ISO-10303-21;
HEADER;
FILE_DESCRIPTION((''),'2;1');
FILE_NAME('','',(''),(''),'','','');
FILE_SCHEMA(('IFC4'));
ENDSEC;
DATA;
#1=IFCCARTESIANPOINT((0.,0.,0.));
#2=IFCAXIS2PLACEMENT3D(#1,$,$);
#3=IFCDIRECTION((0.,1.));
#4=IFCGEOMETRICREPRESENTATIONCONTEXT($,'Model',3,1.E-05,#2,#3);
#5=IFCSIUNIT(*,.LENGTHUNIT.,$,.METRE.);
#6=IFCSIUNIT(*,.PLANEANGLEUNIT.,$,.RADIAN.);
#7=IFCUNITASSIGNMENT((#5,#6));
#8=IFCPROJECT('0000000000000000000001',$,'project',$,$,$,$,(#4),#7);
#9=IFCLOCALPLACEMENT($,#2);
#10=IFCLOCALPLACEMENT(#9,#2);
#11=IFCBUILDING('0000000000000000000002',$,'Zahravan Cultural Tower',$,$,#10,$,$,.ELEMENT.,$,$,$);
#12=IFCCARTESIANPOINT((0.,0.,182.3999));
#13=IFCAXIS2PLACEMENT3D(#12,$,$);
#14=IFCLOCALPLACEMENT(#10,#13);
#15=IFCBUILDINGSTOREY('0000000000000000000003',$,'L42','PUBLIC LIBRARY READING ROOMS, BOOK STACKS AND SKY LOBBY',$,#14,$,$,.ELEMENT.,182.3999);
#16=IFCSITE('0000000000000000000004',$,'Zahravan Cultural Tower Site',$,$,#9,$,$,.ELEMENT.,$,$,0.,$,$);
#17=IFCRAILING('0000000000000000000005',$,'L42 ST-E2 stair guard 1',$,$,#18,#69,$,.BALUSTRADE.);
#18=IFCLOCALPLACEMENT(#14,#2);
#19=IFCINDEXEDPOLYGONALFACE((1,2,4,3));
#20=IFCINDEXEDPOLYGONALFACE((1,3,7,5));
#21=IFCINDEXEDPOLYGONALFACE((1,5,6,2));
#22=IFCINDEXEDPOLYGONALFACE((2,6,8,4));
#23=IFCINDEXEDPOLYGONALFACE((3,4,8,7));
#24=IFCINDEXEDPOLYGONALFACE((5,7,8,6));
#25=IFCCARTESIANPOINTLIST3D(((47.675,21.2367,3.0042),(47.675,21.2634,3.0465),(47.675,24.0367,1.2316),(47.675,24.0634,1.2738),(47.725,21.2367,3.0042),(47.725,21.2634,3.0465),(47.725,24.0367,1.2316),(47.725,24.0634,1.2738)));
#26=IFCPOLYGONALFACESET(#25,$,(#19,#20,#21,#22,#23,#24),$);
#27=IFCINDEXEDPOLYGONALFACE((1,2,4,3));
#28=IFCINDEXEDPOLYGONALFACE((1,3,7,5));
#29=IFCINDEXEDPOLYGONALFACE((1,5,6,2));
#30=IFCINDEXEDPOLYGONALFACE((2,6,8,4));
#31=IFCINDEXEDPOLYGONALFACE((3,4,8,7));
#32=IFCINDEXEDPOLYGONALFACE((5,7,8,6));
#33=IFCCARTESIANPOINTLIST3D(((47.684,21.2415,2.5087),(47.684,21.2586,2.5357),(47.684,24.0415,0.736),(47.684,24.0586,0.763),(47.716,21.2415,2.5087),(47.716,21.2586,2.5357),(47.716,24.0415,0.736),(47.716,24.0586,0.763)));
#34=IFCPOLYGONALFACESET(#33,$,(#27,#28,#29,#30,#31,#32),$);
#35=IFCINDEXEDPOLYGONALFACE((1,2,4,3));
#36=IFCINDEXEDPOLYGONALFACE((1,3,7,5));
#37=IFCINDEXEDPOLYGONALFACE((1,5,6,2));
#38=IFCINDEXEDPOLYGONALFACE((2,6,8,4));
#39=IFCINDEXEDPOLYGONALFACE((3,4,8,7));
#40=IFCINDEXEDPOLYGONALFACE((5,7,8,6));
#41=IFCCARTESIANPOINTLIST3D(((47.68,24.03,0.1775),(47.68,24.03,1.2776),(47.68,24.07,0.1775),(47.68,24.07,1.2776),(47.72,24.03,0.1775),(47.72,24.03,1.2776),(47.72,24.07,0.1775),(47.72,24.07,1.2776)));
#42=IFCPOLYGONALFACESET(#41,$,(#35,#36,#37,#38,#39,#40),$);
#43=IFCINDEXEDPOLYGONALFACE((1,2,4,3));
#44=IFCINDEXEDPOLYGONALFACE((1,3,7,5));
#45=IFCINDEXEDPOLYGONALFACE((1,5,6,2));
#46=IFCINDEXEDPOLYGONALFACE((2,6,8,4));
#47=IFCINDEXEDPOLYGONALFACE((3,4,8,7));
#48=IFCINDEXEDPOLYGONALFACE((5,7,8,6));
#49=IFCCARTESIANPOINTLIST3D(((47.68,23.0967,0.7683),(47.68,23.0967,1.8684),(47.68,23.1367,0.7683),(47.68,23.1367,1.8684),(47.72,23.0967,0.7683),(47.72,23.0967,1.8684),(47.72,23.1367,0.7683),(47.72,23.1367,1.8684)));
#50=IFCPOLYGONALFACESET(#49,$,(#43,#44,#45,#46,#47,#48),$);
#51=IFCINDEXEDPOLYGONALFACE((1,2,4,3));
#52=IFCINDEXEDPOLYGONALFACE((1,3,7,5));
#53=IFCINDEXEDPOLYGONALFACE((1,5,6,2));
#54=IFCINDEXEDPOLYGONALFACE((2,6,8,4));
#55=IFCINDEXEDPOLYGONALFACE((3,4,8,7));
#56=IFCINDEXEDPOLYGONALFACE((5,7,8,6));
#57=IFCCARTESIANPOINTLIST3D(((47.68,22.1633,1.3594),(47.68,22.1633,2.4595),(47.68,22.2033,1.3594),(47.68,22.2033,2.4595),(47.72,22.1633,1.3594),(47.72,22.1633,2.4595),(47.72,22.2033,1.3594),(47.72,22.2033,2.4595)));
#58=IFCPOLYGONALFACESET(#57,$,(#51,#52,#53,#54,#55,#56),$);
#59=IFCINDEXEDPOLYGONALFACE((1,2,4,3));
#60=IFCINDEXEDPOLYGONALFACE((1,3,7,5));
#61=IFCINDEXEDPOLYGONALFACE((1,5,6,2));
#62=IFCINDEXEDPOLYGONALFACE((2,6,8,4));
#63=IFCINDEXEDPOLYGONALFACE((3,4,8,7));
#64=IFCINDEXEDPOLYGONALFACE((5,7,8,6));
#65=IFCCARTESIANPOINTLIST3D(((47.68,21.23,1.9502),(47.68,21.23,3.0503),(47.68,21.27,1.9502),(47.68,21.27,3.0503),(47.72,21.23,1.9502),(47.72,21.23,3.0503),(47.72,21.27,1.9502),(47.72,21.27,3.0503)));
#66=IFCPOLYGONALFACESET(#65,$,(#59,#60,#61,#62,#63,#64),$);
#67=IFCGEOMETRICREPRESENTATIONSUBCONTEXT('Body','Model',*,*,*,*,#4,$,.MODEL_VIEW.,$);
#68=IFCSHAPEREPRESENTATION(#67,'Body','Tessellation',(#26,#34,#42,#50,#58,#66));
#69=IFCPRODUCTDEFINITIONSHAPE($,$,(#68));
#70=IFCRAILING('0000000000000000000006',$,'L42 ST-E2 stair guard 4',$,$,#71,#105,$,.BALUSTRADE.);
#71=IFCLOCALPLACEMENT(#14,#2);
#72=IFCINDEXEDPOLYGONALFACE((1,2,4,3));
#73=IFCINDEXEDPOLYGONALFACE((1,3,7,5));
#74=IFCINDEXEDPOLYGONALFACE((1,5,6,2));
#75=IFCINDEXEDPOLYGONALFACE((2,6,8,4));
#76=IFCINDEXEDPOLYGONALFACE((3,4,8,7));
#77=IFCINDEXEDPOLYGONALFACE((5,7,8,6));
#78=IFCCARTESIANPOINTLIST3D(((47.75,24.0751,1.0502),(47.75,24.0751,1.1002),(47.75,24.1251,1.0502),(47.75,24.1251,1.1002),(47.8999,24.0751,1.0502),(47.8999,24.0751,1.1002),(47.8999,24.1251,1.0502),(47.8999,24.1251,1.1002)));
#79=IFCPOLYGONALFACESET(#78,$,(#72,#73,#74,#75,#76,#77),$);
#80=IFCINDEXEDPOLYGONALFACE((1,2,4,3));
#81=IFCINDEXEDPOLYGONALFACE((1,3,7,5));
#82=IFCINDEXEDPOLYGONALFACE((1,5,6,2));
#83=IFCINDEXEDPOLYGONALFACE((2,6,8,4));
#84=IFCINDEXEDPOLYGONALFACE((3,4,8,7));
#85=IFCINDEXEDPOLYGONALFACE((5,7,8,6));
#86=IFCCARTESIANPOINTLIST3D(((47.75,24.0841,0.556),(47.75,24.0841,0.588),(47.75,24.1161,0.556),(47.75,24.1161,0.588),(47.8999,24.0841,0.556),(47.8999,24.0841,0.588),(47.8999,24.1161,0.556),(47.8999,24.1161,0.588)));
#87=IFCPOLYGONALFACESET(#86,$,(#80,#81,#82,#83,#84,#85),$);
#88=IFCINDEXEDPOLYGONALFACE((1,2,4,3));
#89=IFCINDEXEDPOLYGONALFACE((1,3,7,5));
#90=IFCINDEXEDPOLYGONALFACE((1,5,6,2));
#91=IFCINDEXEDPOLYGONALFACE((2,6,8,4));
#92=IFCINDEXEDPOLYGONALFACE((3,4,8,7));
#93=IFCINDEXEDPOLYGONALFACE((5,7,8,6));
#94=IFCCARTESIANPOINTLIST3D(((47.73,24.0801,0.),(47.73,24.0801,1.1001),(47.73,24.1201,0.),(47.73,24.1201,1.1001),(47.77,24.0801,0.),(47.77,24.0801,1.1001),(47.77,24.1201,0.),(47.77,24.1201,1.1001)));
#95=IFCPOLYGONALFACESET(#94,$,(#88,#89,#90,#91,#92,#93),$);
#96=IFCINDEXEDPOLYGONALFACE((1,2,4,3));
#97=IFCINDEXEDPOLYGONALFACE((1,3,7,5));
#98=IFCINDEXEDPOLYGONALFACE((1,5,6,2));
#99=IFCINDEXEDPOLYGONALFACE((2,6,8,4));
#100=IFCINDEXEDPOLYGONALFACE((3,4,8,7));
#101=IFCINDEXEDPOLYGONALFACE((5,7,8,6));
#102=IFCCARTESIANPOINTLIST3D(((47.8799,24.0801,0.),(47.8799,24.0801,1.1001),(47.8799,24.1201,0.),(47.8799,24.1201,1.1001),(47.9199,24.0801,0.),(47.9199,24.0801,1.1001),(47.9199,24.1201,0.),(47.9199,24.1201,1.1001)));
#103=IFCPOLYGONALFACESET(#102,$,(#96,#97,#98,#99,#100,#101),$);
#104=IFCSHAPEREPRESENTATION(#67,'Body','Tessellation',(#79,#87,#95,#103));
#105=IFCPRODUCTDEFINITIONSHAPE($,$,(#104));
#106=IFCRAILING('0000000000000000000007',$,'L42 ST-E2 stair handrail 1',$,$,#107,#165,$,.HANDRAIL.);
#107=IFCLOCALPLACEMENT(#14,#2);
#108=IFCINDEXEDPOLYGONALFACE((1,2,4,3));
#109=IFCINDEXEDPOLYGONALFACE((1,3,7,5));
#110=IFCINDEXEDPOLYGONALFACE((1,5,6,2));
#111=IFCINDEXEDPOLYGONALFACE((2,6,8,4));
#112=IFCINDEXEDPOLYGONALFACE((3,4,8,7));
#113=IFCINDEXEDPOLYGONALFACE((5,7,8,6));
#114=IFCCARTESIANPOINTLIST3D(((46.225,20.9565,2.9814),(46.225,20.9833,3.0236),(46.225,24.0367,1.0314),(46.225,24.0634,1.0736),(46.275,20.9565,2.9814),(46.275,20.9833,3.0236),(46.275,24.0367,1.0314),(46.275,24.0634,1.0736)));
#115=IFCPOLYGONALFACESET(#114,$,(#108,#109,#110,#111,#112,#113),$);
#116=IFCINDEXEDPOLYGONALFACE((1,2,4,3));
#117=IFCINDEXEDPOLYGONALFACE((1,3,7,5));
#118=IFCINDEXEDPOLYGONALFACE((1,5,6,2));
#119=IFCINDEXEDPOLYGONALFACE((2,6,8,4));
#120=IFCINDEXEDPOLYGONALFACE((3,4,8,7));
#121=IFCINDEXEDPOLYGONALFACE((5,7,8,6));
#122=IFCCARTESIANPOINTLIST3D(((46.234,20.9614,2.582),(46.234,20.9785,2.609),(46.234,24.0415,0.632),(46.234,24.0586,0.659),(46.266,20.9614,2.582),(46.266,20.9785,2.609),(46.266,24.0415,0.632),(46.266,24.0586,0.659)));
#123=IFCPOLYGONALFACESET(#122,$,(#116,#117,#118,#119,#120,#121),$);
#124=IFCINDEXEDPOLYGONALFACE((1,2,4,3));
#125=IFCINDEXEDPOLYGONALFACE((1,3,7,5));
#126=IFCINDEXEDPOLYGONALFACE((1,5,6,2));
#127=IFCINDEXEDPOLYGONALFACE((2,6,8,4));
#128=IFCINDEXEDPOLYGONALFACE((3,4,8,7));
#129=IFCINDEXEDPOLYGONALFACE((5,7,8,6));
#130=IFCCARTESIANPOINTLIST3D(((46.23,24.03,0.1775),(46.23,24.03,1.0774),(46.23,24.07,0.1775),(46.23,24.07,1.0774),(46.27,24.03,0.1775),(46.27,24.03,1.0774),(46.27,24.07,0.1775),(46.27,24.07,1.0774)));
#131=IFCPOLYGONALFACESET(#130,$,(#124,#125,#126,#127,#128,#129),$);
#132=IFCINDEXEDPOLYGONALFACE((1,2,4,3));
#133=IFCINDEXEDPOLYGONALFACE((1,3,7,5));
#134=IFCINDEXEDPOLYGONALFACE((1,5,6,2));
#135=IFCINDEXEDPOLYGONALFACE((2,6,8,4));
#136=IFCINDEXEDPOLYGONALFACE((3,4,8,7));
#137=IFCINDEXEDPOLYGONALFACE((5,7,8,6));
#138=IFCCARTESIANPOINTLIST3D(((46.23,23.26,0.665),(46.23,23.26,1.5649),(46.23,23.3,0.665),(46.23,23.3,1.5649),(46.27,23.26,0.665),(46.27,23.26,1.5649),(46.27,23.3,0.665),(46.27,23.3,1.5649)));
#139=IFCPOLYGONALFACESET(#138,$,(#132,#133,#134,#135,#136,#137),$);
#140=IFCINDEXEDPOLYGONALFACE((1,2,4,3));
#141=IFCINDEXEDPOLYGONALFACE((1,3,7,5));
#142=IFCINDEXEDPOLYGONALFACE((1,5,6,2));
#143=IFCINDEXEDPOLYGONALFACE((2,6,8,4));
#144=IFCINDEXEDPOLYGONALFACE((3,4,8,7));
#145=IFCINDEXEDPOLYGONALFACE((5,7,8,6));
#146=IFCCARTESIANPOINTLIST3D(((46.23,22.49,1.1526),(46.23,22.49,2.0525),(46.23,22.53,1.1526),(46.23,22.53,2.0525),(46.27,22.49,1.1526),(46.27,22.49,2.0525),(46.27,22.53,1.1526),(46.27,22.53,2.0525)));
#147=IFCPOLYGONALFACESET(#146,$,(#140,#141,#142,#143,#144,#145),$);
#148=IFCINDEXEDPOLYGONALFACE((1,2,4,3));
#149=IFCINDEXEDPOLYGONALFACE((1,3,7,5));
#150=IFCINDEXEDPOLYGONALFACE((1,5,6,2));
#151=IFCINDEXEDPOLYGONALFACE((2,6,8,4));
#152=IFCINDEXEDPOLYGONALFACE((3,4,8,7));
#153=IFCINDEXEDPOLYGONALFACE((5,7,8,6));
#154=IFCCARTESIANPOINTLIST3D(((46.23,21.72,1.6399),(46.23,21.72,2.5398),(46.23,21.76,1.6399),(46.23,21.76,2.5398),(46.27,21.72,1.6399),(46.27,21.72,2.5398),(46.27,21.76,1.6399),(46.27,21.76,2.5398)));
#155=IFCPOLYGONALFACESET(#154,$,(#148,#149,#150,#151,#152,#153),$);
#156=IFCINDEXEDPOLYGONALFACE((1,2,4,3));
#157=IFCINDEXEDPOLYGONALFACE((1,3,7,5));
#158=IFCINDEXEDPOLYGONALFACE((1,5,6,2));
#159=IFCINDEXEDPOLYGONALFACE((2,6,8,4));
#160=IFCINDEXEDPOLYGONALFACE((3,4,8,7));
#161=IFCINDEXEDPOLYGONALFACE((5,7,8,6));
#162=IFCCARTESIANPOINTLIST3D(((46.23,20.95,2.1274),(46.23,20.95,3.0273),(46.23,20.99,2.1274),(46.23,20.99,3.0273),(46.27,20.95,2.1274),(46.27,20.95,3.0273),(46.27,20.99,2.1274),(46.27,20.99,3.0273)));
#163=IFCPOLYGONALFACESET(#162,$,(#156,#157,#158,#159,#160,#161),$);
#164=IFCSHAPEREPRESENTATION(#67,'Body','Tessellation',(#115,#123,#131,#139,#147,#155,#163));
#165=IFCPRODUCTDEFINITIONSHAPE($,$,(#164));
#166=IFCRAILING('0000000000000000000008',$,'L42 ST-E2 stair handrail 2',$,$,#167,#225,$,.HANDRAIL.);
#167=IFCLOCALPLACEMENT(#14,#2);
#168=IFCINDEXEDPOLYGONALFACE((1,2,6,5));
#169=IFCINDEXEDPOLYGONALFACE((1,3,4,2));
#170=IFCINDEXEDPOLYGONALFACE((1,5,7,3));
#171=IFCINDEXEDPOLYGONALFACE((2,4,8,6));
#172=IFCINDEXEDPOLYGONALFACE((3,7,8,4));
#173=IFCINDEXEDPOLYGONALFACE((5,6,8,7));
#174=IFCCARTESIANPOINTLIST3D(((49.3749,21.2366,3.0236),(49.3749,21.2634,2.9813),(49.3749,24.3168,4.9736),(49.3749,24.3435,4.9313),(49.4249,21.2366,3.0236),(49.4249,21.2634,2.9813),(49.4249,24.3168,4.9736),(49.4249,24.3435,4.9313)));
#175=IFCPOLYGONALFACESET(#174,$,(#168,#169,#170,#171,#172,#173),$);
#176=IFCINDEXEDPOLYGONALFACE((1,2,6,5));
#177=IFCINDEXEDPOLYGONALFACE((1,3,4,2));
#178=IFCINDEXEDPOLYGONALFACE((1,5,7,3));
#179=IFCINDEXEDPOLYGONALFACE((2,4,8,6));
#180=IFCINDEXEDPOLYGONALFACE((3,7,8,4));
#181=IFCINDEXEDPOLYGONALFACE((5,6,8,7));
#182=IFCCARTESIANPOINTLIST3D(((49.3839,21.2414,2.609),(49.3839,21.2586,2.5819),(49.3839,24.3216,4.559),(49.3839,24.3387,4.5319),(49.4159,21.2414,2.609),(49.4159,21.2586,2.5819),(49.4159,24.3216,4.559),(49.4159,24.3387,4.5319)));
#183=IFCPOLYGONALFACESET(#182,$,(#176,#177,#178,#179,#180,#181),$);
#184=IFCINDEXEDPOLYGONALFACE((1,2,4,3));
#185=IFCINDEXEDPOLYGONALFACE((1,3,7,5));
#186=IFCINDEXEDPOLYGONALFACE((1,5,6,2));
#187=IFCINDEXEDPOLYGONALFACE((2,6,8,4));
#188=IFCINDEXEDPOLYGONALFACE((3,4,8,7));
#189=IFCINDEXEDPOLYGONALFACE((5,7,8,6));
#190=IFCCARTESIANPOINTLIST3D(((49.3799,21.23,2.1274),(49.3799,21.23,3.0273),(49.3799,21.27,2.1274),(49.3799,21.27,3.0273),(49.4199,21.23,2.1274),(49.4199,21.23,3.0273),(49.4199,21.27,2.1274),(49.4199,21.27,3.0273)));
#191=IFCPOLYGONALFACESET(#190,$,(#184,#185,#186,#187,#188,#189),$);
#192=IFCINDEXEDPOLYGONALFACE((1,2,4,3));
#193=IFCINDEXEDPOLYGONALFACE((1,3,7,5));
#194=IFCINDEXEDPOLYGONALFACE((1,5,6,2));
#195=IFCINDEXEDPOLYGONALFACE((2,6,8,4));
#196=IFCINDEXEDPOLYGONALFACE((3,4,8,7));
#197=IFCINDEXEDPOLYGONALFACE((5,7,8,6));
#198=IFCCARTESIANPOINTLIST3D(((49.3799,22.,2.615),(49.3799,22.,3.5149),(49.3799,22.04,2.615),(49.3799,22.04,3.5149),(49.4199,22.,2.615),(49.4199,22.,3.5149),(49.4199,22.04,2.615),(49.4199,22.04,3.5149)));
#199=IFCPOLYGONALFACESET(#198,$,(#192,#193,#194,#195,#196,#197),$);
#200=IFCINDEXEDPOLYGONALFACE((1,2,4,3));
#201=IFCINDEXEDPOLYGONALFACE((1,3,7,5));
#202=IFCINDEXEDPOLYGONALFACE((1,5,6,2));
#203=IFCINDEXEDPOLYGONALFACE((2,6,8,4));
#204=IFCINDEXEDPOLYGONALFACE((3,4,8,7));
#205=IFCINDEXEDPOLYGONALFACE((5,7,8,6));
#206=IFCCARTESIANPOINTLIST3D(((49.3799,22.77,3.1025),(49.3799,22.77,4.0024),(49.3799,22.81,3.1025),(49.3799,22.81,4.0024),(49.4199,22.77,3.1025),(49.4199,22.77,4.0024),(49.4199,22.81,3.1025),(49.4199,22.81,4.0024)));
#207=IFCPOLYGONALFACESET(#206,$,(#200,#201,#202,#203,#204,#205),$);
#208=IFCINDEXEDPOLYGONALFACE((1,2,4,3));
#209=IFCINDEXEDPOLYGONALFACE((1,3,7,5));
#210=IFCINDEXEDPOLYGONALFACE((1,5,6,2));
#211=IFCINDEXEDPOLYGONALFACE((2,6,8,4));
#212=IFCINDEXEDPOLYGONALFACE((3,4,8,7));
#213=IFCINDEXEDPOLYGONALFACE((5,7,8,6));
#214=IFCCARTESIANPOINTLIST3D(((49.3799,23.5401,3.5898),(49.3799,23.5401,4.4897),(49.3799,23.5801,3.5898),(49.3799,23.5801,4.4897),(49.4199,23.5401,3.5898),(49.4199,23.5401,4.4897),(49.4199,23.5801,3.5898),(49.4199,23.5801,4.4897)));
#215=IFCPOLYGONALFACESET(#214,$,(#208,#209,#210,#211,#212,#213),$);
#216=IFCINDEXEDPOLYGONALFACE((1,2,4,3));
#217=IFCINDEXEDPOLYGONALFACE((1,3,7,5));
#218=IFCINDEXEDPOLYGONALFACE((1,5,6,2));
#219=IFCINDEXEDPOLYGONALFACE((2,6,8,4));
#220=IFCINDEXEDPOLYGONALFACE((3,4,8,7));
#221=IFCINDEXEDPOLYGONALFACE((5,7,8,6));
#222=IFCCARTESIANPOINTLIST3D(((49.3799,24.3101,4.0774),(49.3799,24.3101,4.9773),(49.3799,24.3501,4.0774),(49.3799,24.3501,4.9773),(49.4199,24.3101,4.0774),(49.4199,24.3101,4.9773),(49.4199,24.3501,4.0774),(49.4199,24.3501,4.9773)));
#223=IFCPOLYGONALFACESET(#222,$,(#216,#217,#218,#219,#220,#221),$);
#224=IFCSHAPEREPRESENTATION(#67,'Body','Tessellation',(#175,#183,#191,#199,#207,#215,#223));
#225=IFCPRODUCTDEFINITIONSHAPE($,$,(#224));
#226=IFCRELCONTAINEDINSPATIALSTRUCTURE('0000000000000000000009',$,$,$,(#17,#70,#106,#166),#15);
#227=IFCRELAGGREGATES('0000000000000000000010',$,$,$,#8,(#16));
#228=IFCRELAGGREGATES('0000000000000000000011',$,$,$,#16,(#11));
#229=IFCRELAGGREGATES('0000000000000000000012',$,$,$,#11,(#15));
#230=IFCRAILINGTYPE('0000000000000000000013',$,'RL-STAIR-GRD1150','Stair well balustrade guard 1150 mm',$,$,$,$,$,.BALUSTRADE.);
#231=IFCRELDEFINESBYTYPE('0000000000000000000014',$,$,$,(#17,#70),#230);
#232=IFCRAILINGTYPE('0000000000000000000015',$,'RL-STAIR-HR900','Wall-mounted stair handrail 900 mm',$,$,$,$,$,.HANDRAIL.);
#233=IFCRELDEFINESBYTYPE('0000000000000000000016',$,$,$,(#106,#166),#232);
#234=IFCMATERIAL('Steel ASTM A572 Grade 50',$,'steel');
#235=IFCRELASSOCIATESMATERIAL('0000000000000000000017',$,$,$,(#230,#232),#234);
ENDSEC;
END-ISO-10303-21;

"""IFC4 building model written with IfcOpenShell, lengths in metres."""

from ifc_helpers import new_model, si_unit, direction, frame, origin, origin_2d, place, context, subcontext, project, spatial, rectangle, extrude, material, type_object, element, save


model = new_model("IFC4")

# Units and contexts
model_context = context("Model", 3, precision=1e-05, world=origin(), true_north=direction((0.0, 1.0)))
body_context = subcontext(model_context, "Body", "Model", "MODEL_VIEW")
ifc_project = project(units=[si_unit("LENGTHUNIT", "METRE"), si_unit("PLANEANGLEUNIT", "RADIAN")], contexts=[model_context])

# Site, building, storey
site_placement = place(None, origin())
site = spatial("IfcSite", under=ifc_project, at=site_placement, Name="Zahravan Cultural Tower Site", CompositionType="ELEMENT", RefElevation=0.0)
building_placement = place(site_placement, origin())
building = spatial("IfcBuilding", under=site, at=building_placement, Name="Zahravan Cultural Tower", CompositionType="ELEMENT")
storey_placement = place(building_placement, frame((0.0, 0.0, 182.3999)))
storey = spatial("IfcBuildingStorey", under=building, at=storey_placement, Name="L42", Description="PUBLIC LIBRARY READING ROOMS, BOOK STACKS AND SKY LOBBY", CompositionType="ELEMENT", Elevation=182.3999)

# Railings
ifc_material_1 = material(Name="Steel ASTM A572 Grade 50", Category="steel")
railing_type_1 = type_object("IfcRailingType", Name="RL-STAIR-GRD1150", Description="Stair well balustrade guard 1150 mm", PredefinedType="BALUSTRADE", material=ifc_material_1)
railing_1_placement = place(storey_placement, frame((47.7, 24.05, 0.1775)))
element("IfcRailing", 1, at=railing_1_placement, inside=storey, type_object=railing_type_1, Name="L42 ST-E2 stair guard 1", PredefinedType="BALUSTRADE", context=body_context, shape_type="SweptSolid", body=[
    extrude(rectangle(XDim=0.05, YDim=0.05, at=origin_2d()), frame((0.0, 0.0, 1.0752), z_axis=(0.0, -0.844909, 0.53491), x_axis=(1.0, 0.0, 0.0)), (0.0, 0.0, 1.0), 3.314),
    extrude(rectangle(XDim=0.032, YDim=0.032, at=origin_2d()), frame((0.0, 0.0, 0.572), z_axis=(0.0, -0.844909, 0.53491), x_axis=(1.0, 0.0, 0.0)), (0.0, 0.0, 1.0), 3.314),
    extrude(rectangle(XDim=0.04, YDim=0.04, at=origin_2d()), origin(), (0.0, 0.0, 1.0), 1.1001),
    extrude(rectangle(XDim=0.04, YDim=0.04, at=origin_2d()), frame((0.0, -0.9333, 0.5908)), (0.0, 0.0, 1.0), 1.1001),
    extrude(rectangle(XDim=0.04, YDim=0.04, at=origin_2d()), frame((0.0, -1.8667, 1.1819)), (0.0, 0.0, 1.0), 1.1001),
    extrude(rectangle(XDim=0.04, YDim=0.04, at=origin_2d()), frame((0.0, -2.8, 1.7727)), (0.0, 0.0, 1.0), 1.1001),
])
railing_2_placement = place(storey_placement, frame((47.75, 24.1001, 0.0)))
element("IfcRailing", 2, at=railing_2_placement, inside=storey, type_object=railing_type_1, Name="L42 ST-E2 stair guard 4", PredefinedType="BALUSTRADE", context=body_context, shape_type="SweptSolid", body=[
    extrude(rectangle(XDim=0.05, YDim=0.05, at=origin_2d()), frame((0.0, 0.0, 1.0752), z_axis=(1.0, 0.0, 0.0), x_axis=(0.0, 1.0, 0.0)), (0.0, 0.0, 1.0), 0.1499),
    extrude(rectangle(XDim=0.032, YDim=0.032, at=origin_2d()), frame((0.0, 0.0, 0.572), z_axis=(1.0, 0.0, 0.0), x_axis=(0.0, 1.0, 0.0)), (0.0, 0.0, 1.0), 0.1499),
    extrude(rectangle(XDim=0.04, YDim=0.04, at=origin_2d()), origin(), (0.0, 0.0, 1.0), 1.1001),
    extrude(rectangle(XDim=0.04, YDim=0.04, at=origin_2d()), frame((0.1499, 0.0, 0.0)), (0.0, 0.0, 1.0), 1.1001),
])
railing_type_2 = type_object("IfcRailingType", Name="RL-STAIR-HR900", Description="Wall-mounted stair handrail 900 mm", PredefinedType="HANDRAIL", material=ifc_material_1)
railing_3_placement = place(storey_placement, frame((46.25, 24.05, 0.1775)))
element("IfcRailing", 3, at=railing_3_placement, inside=storey, type_object=railing_type_2, Name="L42 ST-E2 stair handrail 1", PredefinedType="HANDRAIL", context=body_context, shape_type="SweptSolid", body=[
    extrude(rectangle(XDim=0.05, YDim=0.05, at=origin_2d()), frame((0.0, 0.0, 0.875), z_axis=(0.0, -0.844914, 0.534902), x_axis=(1.0, 0.0, 0.0)), (0.0, 0.0, 1.0), 3.6455),
    extrude(rectangle(XDim=0.032, YDim=0.032, at=origin_2d()), frame((0.0, 0.0, 0.468), z_axis=(0.0, -0.844914, 0.534902), x_axis=(1.0, 0.0, 0.0)), (0.0, 0.0, 1.0), 3.6455),
    extrude(rectangle(XDim=0.04, YDim=0.04, at=origin_2d()), origin(), (0.0, 0.0, 1.0), 0.8999),
    extrude(rectangle(XDim=0.04, YDim=0.04, at=origin_2d()), frame((0.0, -0.77, 0.4875)), (0.0, 0.0, 1.0), 0.8999),
    extrude(rectangle(XDim=0.04, YDim=0.04, at=origin_2d()), frame((0.0, -1.54, 0.9751)), (0.0, 0.0, 1.0), 0.8999),
    extrude(rectangle(XDim=0.04, YDim=0.04, at=origin_2d()), frame((0.0, -2.3101, 1.4624)), (0.0, 0.0, 1.0), 0.8999),
    extrude(rectangle(XDim=0.04, YDim=0.04, at=origin_2d()), frame((0.0, -3.0801, 1.95)), (0.0, 0.0, 1.0), 0.8999),
])
railing_4_placement = place(storey_placement, frame((49.3999, 21.25, 2.1274)))
element("IfcRailing", 4, at=railing_4_placement, inside=storey, type_object=railing_type_2, Name="L42 ST-E2 stair handrail 2", PredefinedType="HANDRAIL", context=body_context, shape_type="SweptSolid", body=[
    extrude(rectangle(XDim=0.05, YDim=0.05, at=origin_2d()), frame((0.0, 0.0, 0.875), z_axis=(0.0, 0.844914, 0.534902), x_axis=(-1.0, 0.0, 0.0)), (0.0, 0.0, 1.0), 3.6455),
    extrude(rectangle(XDim=0.032, YDim=0.032, at=origin_2d()), frame((0.0, 0.0, 0.468), z_axis=(0.0, 0.844914, 0.534902), x_axis=(-1.0, 0.0, 0.0)), (0.0, 0.0, 1.0), 3.6455),
    extrude(rectangle(XDim=0.04, YDim=0.04, at=origin_2d()), origin(), (0.0, 0.0, 1.0), 0.8999),
    extrude(rectangle(XDim=0.04, YDim=0.04, at=origin_2d()), frame((0.0, 0.77, 0.4875)), (0.0, 0.0, 1.0), 0.8999),
    extrude(rectangle(XDim=0.04, YDim=0.04, at=origin_2d()), frame((0.0, 1.54, 0.9751)), (0.0, 0.0, 1.0), 0.8999),
    extrude(rectangle(XDim=0.04, YDim=0.04, at=origin_2d()), frame((0.0, 2.3101, 1.4624)), (0.0, 0.0, 1.0), 0.8999),
    extrude(rectangle(XDim=0.04, YDim=0.04, at=origin_2d()), frame((0.0, 3.0801, 1.95)), (0.0, 0.0, 1.0), 0.8999),
])

save(model, "model.ifc")
